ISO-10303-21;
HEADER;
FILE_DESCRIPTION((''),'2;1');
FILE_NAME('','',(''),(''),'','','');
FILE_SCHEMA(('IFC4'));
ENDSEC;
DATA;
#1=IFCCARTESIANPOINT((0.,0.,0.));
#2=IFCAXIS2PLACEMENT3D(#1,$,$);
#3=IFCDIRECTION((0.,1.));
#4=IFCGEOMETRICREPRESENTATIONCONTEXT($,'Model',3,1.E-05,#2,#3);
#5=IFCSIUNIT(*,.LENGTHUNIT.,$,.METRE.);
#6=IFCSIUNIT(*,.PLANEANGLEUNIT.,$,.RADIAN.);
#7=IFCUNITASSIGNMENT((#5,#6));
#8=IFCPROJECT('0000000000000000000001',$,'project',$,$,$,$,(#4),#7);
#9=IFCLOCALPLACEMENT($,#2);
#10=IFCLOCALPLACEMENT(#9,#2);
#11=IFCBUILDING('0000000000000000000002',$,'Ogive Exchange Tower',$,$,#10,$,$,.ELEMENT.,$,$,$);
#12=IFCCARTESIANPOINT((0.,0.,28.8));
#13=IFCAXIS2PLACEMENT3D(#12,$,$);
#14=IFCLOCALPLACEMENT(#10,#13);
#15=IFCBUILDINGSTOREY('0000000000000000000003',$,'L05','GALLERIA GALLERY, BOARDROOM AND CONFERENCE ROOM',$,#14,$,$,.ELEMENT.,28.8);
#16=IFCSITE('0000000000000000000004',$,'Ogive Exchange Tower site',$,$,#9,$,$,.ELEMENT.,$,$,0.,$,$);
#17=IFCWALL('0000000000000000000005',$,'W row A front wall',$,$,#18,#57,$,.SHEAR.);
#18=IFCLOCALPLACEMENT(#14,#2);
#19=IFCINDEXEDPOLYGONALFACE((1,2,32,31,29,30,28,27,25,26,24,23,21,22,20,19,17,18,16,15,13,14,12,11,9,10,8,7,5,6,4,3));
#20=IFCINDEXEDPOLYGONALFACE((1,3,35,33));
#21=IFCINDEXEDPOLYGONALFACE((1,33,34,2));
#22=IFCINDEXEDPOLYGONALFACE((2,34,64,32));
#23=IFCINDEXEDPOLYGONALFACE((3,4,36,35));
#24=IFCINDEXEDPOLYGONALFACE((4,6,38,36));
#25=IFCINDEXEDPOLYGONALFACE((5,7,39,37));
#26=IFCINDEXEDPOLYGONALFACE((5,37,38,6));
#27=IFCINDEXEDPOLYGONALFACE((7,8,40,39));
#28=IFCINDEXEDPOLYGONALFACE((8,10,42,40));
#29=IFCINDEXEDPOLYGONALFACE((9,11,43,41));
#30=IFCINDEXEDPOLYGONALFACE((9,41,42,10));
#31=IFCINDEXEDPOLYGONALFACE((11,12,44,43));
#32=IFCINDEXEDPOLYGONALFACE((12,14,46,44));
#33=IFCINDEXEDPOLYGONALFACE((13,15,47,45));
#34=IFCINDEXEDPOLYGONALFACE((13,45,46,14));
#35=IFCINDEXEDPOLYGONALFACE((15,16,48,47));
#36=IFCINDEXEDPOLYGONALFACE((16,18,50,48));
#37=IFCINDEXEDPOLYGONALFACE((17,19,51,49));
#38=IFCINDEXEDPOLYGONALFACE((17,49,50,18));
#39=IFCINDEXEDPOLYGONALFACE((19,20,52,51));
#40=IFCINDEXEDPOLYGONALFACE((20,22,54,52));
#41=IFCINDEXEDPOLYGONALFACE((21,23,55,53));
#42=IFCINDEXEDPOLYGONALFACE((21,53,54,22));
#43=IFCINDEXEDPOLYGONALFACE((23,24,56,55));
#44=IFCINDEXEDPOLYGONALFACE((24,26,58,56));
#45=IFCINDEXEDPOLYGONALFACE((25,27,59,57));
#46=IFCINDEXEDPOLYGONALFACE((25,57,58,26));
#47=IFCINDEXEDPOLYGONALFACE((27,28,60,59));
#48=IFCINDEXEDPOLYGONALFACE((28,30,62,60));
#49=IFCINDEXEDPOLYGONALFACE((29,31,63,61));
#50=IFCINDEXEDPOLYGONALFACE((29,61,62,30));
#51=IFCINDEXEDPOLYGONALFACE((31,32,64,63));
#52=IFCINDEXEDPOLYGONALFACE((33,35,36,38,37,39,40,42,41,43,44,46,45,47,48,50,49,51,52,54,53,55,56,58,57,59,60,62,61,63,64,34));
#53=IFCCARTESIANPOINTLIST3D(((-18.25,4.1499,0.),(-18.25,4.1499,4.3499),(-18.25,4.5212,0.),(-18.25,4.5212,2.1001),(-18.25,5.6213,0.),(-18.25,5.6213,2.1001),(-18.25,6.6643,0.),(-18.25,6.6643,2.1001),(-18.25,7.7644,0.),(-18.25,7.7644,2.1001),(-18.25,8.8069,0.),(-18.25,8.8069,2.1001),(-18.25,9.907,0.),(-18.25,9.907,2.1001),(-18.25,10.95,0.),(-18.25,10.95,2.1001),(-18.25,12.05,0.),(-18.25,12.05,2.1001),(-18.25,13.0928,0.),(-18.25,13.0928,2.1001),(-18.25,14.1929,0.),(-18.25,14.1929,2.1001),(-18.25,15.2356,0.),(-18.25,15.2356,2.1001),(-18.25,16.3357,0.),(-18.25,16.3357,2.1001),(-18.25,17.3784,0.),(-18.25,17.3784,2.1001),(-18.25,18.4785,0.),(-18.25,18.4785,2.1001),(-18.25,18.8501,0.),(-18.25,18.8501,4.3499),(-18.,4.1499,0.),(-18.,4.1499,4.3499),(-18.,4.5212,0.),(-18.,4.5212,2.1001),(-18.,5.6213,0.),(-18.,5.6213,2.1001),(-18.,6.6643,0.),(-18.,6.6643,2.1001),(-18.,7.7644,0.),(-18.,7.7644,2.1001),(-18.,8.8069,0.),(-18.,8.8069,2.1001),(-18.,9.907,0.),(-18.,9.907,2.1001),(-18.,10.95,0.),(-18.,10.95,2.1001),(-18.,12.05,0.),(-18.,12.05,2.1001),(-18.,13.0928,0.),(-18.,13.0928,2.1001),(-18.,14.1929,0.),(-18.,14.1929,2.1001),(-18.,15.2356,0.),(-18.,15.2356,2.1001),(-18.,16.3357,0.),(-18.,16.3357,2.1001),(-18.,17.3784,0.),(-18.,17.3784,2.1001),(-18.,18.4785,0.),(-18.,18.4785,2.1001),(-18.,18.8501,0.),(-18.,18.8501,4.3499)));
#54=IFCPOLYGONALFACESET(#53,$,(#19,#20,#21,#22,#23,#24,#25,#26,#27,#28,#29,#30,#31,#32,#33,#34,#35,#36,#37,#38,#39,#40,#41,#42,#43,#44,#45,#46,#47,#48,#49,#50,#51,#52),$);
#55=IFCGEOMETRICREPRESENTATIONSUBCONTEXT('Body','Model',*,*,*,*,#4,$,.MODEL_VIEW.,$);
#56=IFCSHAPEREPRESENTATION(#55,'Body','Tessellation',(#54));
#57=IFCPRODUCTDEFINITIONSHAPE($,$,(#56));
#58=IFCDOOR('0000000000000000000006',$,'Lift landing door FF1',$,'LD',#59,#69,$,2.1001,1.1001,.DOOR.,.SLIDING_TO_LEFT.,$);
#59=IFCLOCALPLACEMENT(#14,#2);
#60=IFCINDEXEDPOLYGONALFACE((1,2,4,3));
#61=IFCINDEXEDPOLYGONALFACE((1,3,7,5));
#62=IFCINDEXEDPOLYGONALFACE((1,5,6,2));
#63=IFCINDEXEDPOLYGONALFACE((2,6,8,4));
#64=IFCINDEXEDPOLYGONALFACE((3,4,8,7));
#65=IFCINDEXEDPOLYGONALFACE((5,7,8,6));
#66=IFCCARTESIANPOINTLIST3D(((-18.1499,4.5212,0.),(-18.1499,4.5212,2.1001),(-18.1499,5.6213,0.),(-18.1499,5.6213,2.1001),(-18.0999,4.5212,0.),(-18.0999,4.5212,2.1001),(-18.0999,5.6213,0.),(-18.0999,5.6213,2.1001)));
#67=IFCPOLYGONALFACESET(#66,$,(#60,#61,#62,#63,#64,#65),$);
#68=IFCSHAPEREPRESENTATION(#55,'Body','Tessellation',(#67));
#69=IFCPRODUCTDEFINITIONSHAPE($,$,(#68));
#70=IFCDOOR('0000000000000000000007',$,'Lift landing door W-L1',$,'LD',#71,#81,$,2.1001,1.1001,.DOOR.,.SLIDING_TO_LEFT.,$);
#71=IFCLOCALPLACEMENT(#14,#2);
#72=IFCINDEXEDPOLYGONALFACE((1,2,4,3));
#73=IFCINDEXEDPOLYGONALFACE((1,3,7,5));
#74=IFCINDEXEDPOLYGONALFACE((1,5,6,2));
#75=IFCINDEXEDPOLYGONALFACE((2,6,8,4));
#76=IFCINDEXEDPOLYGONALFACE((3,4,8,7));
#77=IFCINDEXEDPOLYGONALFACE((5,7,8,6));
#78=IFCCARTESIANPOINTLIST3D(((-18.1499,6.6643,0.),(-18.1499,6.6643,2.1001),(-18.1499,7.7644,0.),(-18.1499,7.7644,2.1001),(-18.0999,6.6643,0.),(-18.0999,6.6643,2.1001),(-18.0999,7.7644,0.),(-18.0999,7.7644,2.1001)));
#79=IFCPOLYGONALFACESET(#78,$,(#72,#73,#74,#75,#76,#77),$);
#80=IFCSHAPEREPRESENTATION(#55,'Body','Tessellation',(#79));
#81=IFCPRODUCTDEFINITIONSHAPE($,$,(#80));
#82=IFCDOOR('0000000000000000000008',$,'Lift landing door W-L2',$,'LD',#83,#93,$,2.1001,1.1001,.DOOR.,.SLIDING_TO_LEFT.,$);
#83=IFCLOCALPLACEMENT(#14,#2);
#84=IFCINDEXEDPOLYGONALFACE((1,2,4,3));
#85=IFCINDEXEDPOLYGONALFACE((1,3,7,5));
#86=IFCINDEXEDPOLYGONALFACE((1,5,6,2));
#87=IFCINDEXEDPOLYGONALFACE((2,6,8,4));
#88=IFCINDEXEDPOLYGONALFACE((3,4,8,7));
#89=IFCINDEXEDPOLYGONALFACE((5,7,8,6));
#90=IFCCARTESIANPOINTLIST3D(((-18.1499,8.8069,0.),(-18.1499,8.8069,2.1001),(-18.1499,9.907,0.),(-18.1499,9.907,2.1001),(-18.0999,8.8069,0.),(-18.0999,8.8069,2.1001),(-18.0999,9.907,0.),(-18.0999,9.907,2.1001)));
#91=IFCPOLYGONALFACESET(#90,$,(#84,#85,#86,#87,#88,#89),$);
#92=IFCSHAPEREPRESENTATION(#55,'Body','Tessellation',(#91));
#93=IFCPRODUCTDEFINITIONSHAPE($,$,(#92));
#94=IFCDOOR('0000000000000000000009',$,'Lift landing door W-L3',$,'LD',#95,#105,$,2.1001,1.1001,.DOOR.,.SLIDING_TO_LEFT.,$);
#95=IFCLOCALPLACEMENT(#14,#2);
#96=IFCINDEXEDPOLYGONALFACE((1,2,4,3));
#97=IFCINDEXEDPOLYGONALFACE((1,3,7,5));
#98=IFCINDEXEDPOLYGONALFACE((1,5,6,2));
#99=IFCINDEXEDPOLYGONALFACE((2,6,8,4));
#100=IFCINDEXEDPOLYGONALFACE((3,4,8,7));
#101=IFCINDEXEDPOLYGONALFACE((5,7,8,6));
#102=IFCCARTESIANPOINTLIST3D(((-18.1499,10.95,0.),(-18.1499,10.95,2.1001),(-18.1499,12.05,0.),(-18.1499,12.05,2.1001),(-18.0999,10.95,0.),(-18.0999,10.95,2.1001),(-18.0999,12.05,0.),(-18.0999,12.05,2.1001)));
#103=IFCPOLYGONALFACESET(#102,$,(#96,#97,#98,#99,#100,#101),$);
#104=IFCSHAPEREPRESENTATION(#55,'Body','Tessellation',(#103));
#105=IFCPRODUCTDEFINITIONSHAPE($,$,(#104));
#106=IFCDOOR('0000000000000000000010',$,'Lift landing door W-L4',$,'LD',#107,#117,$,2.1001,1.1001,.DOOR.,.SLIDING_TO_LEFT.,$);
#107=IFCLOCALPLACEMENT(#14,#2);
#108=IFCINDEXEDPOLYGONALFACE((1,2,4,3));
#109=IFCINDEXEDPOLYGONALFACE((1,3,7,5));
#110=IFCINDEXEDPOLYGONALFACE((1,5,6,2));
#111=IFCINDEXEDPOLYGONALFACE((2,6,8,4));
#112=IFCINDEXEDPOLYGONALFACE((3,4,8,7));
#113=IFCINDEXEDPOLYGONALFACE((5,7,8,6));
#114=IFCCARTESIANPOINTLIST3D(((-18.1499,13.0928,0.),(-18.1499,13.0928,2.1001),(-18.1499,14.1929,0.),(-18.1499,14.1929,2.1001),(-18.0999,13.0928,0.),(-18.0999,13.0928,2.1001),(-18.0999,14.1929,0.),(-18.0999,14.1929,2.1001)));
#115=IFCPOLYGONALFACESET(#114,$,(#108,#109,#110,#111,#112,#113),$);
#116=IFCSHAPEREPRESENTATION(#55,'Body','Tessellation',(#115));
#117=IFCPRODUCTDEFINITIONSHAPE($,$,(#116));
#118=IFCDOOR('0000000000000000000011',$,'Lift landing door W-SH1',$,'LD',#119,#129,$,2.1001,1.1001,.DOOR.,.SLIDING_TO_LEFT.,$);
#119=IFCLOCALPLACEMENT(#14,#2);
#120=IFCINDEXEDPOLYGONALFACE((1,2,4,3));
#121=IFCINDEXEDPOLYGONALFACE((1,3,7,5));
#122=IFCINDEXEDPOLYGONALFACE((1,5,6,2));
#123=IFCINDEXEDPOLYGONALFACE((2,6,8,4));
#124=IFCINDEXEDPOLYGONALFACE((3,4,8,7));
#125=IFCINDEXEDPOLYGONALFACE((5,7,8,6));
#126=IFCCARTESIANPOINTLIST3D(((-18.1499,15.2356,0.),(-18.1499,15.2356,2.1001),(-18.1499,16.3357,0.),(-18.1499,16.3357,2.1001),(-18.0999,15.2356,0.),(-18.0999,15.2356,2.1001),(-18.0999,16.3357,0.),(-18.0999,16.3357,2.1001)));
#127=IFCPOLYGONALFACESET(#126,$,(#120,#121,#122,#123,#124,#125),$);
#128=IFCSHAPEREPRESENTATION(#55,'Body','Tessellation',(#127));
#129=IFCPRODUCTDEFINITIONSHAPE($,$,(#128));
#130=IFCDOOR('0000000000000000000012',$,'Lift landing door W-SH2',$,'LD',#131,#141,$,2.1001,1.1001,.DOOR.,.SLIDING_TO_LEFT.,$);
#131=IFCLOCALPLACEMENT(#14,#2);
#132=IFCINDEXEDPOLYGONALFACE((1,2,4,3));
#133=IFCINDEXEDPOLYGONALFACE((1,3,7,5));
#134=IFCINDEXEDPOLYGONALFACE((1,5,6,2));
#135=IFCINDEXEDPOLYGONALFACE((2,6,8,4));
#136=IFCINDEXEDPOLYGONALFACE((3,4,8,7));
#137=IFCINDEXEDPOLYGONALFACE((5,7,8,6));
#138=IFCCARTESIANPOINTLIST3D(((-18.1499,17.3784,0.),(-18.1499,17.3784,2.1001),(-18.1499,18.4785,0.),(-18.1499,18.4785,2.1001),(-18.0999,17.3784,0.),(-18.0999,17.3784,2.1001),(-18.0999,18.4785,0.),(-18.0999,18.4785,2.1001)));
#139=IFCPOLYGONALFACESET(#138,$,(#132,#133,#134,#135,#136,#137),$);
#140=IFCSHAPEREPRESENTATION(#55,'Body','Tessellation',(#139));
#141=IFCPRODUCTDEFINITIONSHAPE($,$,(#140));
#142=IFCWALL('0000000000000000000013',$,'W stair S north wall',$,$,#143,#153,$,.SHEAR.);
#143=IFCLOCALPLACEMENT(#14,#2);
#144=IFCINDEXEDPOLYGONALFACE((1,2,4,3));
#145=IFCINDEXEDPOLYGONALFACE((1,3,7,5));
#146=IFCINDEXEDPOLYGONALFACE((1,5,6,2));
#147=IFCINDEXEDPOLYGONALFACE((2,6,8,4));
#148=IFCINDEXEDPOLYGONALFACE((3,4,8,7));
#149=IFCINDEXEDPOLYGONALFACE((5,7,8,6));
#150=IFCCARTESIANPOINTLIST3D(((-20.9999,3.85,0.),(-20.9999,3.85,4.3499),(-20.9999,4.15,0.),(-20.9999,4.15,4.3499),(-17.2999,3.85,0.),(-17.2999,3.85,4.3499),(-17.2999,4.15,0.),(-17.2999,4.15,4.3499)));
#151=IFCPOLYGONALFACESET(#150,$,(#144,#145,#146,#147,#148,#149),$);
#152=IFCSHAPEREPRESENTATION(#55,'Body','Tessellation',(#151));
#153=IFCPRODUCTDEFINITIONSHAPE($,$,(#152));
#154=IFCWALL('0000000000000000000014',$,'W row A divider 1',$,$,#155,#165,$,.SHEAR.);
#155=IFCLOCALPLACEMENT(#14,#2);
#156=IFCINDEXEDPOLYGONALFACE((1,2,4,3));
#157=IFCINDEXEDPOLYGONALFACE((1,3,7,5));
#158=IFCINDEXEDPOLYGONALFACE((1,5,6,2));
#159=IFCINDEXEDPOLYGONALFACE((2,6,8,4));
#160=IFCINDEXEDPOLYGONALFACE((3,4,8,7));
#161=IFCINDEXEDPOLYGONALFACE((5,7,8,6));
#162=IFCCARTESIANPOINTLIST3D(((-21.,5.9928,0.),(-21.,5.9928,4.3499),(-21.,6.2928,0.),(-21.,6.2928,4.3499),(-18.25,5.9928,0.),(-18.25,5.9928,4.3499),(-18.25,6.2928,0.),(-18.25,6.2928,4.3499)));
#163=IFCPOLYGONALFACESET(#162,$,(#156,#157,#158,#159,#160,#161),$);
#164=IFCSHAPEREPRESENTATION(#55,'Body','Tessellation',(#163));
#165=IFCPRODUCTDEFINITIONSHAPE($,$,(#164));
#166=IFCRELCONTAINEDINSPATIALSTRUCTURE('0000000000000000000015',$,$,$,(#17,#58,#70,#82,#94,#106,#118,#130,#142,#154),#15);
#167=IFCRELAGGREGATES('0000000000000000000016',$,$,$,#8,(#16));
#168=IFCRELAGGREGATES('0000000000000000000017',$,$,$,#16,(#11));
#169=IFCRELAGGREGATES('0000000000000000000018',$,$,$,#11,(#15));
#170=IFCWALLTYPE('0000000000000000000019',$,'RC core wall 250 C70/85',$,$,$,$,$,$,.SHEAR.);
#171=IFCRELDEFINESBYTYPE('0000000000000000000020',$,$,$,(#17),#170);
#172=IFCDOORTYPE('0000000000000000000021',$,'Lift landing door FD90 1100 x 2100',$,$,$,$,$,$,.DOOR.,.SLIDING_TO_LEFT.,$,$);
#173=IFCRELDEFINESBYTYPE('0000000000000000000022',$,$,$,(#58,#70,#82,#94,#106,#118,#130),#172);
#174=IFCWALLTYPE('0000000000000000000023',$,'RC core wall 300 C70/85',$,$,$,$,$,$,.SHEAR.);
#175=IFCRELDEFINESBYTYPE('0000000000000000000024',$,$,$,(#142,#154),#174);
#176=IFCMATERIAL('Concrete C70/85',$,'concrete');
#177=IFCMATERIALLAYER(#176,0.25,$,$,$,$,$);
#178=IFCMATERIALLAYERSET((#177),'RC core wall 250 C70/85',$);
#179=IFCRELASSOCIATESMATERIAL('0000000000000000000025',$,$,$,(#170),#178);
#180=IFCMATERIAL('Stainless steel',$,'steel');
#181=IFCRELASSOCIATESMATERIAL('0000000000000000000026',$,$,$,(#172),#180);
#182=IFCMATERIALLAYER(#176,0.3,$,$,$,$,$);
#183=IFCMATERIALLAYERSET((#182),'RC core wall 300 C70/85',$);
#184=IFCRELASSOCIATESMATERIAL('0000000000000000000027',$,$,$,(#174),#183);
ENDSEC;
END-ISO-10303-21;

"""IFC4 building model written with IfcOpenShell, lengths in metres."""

from ifc_helpers import new_model, si_unit, direction, frame, frame_2d, origin, place, context, subcontext, project, spatial, rectangle, extrude, material, layer, layer_set, type_object, element, fill, save


model = new_model("IFC4")

# Units and contexts
model_context = context("Model", 3, precision=1e-05, world=origin(), true_north=direction((0.0, 1.0)))
body_context = subcontext(model_context, "Body", "Model", "MODEL_VIEW")
ifc_project = project(units=[si_unit("LENGTHUNIT", "METRE"), si_unit("PLANEANGLEUNIT", "RADIAN")], contexts=[model_context])

# Site, building, storey
site_placement = place(None, origin())
site = spatial("IfcSite", under=ifc_project, at=site_placement, Name="Ogive Exchange Tower site", CompositionType="ELEMENT", RefElevation=0.0)
building_placement = place(site_placement, origin())
building = spatial("IfcBuilding", under=site, at=building_placement, Name="Ogive Exchange Tower", CompositionType="ELEMENT")
storey_placement = place(building_placement, frame((0.0, 0.0, 28.8)))
storey = spatial("IfcBuildingStorey", under=building, at=storey_placement, Name="L05", Description="GALLERIA GALLERY, BOARDROOM AND CONFERENCE ROOM", CompositionType="ELEMENT", Elevation=28.8)

# Shared definitions
ifc_material_1 = material(Name="Concrete C70/85", Category="concrete")

# Wall, openings, doors
ifc_layer_1 = layer(ifc_material_1, 0.25)
ifc_layer_set_1 = layer_set([ifc_layer_1], Name="RC core wall 250 C70/85")
wall_type_1 = type_object("IfcWallType", Name="RC core wall 250 C70/85", PredefinedType="SHEAR", material=ifc_layer_set_1)
wall_1_placement = place(storey_placement, frame((-18.125, 4.1499, 0.0), z_axis=(0.0, 0.0, 1.0), x_axis=(0.0, 1.0, 0.0)))
wall_1 = element("IfcWall", 1, at=wall_1_placement, inside=storey, type_object=wall_type_1, Name="W row A front wall", PredefinedType="SHEAR", context=body_context, shape_type="SweptSolid", body=[
    extrude(rectangle(XDim=14.7002, YDim=0.25, at=frame_2d((7.3501, 0.0))), origin(), (0.0, 0.0, 1.0), 4.3499),
])
opening_1_placement = place(wall_1_placement, frame((0.3713, 0.0, 0.0)))
opening_1 = element("IfcOpeningElement", 2, at=opening_1_placement, cuts=wall_1, PredefinedType="OPENING", context=body_context, shape_type="SweptSolid", body=[
    extrude(rectangle(XDim=1.1001, YDim=2.1001, at=frame_2d((0.55, 1.05))), frame((0.0, 0.135, 0.0), z_axis=(0.0, -1.0, 0.0), x_axis=(1.0, 0.0, 0.0)), (0.0, 0.0, 1.0), 0.27),
])
opening_2_placement = place(wall_1_placement, frame((2.5144, 0.0, 0.0)))
opening_2 = element("IfcOpeningElement", 3, at=opening_2_placement, cuts=wall_1, PredefinedType="OPENING", context=body_context, shape_type="SweptSolid", body=[
    extrude(rectangle(XDim=1.1001, YDim=2.1001, at=frame_2d((0.55, 1.05))), frame((0.0, 0.135, 0.0), z_axis=(0.0, -1.0, 0.0), x_axis=(1.0, 0.0, 0.0)), (0.0, 0.0, 1.0), 0.27),
])
opening_3_placement = place(wall_1_placement, frame((4.657, 0.0, 0.0)))
opening_3 = element("IfcOpeningElement", 4, at=opening_3_placement, cuts=wall_1, PredefinedType="OPENING", context=body_context, shape_type="SweptSolid", body=[
    extrude(rectangle(XDim=1.1001, YDim=2.1001, at=frame_2d((0.55, 1.05))), frame((0.0, 0.135, 0.0), z_axis=(0.0, -1.0, 0.0), x_axis=(1.0, 0.0, 0.0)), (0.0, 0.0, 1.0), 0.27),
])
opening_4_placement = place(wall_1_placement, frame((6.8, 0.0, 0.0)))
opening_4 = element("IfcOpeningElement", 5, at=opening_4_placement, cuts=wall_1, PredefinedType="OPENING", context=body_context, shape_type="SweptSolid", body=[
    extrude(rectangle(XDim=1.1001, YDim=2.1001, at=frame_2d((0.55, 1.05))), frame((0.0, 0.135, 0.0), z_axis=(0.0, -1.0, 0.0), x_axis=(1.0, 0.0, 0.0)), (0.0, 0.0, 1.0), 0.27),
])
opening_5_placement = place(wall_1_placement, frame((8.9429, 0.0, 0.0)))
opening_5 = element("IfcOpeningElement", 6, at=opening_5_placement, cuts=wall_1, PredefinedType="OPENING", context=body_context, shape_type="SweptSolid", body=[
    extrude(rectangle(XDim=1.1001, YDim=2.1001, at=frame_2d((0.55, 1.05))), frame((0.0, 0.135, 0.0), z_axis=(0.0, -1.0, 0.0), x_axis=(1.0, 0.0, 0.0)), (0.0, 0.0, 1.0), 0.27),
])
opening_6_placement = place(wall_1_placement, frame((11.0857, 0.0, 0.0)))
opening_6 = element("IfcOpeningElement", 7, at=opening_6_placement, cuts=wall_1, PredefinedType="OPENING", context=body_context, shape_type="SweptSolid", body=[
    extrude(rectangle(XDim=1.1001, YDim=2.1001, at=frame_2d((0.55, 1.05))), frame((0.0, 0.135, 0.0), z_axis=(0.0, -1.0, 0.0), x_axis=(1.0, 0.0, 0.0)), (0.0, 0.0, 1.0), 0.27),
])
opening_7_placement = place(wall_1_placement, frame((13.2285, 0.0, 0.0)))
opening_7 = element("IfcOpeningElement", 8, at=opening_7_placement, cuts=wall_1, PredefinedType="OPENING", context=body_context, shape_type="SweptSolid", body=[
    extrude(rectangle(XDim=1.1001, YDim=2.1001, at=frame_2d((0.55, 1.05))), frame((0.0, 0.135, 0.0), z_axis=(0.0, -1.0, 0.0), x_axis=(1.0, 0.0, 0.0)), (0.0, 0.0, 1.0), 0.27),
])
ifc_material_2 = material(Name="Stainless steel", Category="steel")
door_type_1 = type_object("IfcDoorType", Name="Lift landing door FD90 1100 x 2100", OperationType="SLIDING_TO_LEFT", PredefinedType="DOOR", material=ifc_material_2)
door_1_placement = place(opening_1_placement, origin())
door_1 = element("IfcDoor", 9, at=door_1_placement, inside=storey, type_object=door_type_1, Name="Lift landing door FF1", ObjectType="LD", OperationType="SLIDING_TO_LEFT", OverallHeight=2.1001, OverallWidth=1.1001, PredefinedType="DOOR", context=body_context, shape_type="SweptSolid", body=[
    extrude(rectangle(XDim=1.1001, YDim=2.1001, at=frame_2d((0.55, 1.05))), frame((0.0, 0.0249, 0.0), z_axis=(0.0, -1.0, 0.0), x_axis=(1.0, 0.0, 0.0)), (0.0, 0.0, 1.0), 0.05),
])
fill(opening_1, door_1)
door_2_placement = place(opening_2_placement, origin())
door_2 = element("IfcDoor", 10, at=door_2_placement, inside=storey, type_object=door_type_1, Name="Lift landing door W-L1", ObjectType="LD", OperationType="SLIDING_TO_LEFT", OverallHeight=2.1001, OverallWidth=1.1001, PredefinedType="DOOR", context=body_context, shape_type="SweptSolid", body=[
    extrude(rectangle(XDim=1.1001, YDim=2.1001, at=frame_2d((0.55, 1.05))), frame((0.0, 0.0249, 0.0), z_axis=(0.0, -1.0, 0.0), x_axis=(1.0, 0.0, 0.0)), (0.0, 0.0, 1.0), 0.05),
])
fill(opening_2, door_2)
door_3_placement = place(opening_3_placement, origin())
door_3 = element("IfcDoor", 11, at=door_3_placement, inside=storey, type_object=door_type_1, Name="Lift landing door W-L2", ObjectType="LD", OperationType="SLIDING_TO_LEFT", OverallHeight=2.1001, OverallWidth=1.1001, PredefinedType="DOOR", context=body_context, shape_type="SweptSolid", body=[
    extrude(rectangle(XDim=1.1001, YDim=2.1001, at=frame_2d((0.55, 1.05))), frame((0.0, 0.0249, 0.0), z_axis=(0.0, -1.0, 0.0), x_axis=(1.0, 0.0, 0.0)), (0.0, 0.0, 1.0), 0.05),
])
fill(opening_3, door_3)
door_4_placement = place(opening_4_placement, origin())
door_4 = element("IfcDoor", 12, at=door_4_placement, inside=storey, type_object=door_type_1, Name="Lift landing door W-L3", ObjectType="LD", OperationType="SLIDING_TO_LEFT", OverallHeight=2.1001, OverallWidth=1.1001, PredefinedType="DOOR", context=body_context, shape_type="SweptSolid", body=[
    extrude(rectangle(XDim=1.1001, YDim=2.1001, at=frame_2d((0.55, 1.05))), frame((0.0, 0.0249, 0.0), z_axis=(0.0, -1.0, 0.0), x_axis=(1.0, 0.0, 0.0)), (0.0, 0.0, 1.0), 0.05),
])
fill(opening_4, door_4)
door_5_placement = place(opening_5_placement, origin())
door_5 = element("IfcDoor", 13, at=door_5_placement, inside=storey, type_object=door_type_1, Name="Lift landing door W-L4", ObjectType="LD", OperationType="SLIDING_TO_LEFT", OverallHeight=2.1001, OverallWidth=1.1001, PredefinedType="DOOR", context=body_context, shape_type="SweptSolid", body=[
    extrude(rectangle(XDim=1.1001, YDim=2.1001, at=frame_2d((0.55, 1.05))), frame((0.0, 0.0249, 0.0), z_axis=(0.0, -1.0, 0.0), x_axis=(1.0, 0.0, 0.0)), (0.0, 0.0, 1.0), 0.05),
])
fill(opening_5, door_5)
door_6_placement = place(opening_6_placement, origin())
door_6 = element("IfcDoor", 14, at=door_6_placement, inside=storey, type_object=door_type_1, Name="Lift landing door W-SH1", ObjectType="LD", OperationType="SLIDING_TO_LEFT", OverallHeight=2.1001, OverallWidth=1.1001, PredefinedType="DOOR", context=body_context, shape_type="SweptSolid", body=[
    extrude(rectangle(XDim=1.1001, YDim=2.1001, at=frame_2d((0.55, 1.05))), frame((0.0, 0.0249, 0.0), z_axis=(0.0, -1.0, 0.0), x_axis=(1.0, 0.0, 0.0)), (0.0, 0.0, 1.0), 0.05),
])
fill(opening_6, door_6)
door_7_placement = place(opening_7_placement, origin())
door_7 = element("IfcDoor", 15, at=door_7_placement, inside=storey, type_object=door_type_1, Name="Lift landing door W-SH2", ObjectType="LD", OperationType="SLIDING_TO_LEFT", OverallHeight=2.1001, OverallWidth=1.1001, PredefinedType="DOOR", context=body_context, shape_type="SweptSolid", body=[
    extrude(rectangle(XDim=1.1001, YDim=2.1001, at=frame_2d((0.55, 1.05))), frame((0.0, 0.0249, 0.0), z_axis=(0.0, -1.0, 0.0), x_axis=(1.0, 0.0, 0.0)), (0.0, 0.0, 1.0), 0.05),
])
fill(opening_7, door_7)

# Walls
ifc_layer_2 = layer(ifc_material_1, 0.3)
ifc_layer_set_2 = layer_set([ifc_layer_2], Name="RC core wall 300 C70/85")
wall_type_2 = type_object("IfcWallType", Name="RC core wall 300 C70/85", PredefinedType="SHEAR", material=ifc_layer_set_2)
wall_2_placement = place(storey_placement, frame((-21.0, 4.0, 0.0), z_axis=(0.0, 0.0, 1.0), x_axis=(1.0, 0.0, 0.0)))
element("IfcWall", 16, at=wall_2_placement, inside=storey, type_object=wall_type_2, Name="W stair S north wall", PredefinedType="SHEAR", context=body_context, shape_type="SweptSolid", body=[
    extrude(rectangle(XDim=3.7, YDim=0.3, at=frame_2d((1.8501, 0.0))), origin(), (0.0, 0.0, 1.0), 4.3499),
])
for number, where, z_axis, x_axis, name in (
    (17, (-21.0, 6.1428, 0.0), (0.0, 0.0, 1.0), (1.0, 0.0, 0.0), "W row A divider 1"),
):
    element("IfcWall", number, at=place(storey_placement, frame(where, z_axis=z_axis, x_axis=x_axis)), inside=storey, type_object=wall_type_2, Name=name, PredefinedType="SHEAR", context=body_context, shape_type="SweptSolid", body=[
        extrude(rectangle(XDim=2.75, YDim=0.3, at=frame_2d((1.375, 0.0))), origin(), (0.0, 0.0, 1.0), 4.3499),
    ])

save(model, "model.ifc")
